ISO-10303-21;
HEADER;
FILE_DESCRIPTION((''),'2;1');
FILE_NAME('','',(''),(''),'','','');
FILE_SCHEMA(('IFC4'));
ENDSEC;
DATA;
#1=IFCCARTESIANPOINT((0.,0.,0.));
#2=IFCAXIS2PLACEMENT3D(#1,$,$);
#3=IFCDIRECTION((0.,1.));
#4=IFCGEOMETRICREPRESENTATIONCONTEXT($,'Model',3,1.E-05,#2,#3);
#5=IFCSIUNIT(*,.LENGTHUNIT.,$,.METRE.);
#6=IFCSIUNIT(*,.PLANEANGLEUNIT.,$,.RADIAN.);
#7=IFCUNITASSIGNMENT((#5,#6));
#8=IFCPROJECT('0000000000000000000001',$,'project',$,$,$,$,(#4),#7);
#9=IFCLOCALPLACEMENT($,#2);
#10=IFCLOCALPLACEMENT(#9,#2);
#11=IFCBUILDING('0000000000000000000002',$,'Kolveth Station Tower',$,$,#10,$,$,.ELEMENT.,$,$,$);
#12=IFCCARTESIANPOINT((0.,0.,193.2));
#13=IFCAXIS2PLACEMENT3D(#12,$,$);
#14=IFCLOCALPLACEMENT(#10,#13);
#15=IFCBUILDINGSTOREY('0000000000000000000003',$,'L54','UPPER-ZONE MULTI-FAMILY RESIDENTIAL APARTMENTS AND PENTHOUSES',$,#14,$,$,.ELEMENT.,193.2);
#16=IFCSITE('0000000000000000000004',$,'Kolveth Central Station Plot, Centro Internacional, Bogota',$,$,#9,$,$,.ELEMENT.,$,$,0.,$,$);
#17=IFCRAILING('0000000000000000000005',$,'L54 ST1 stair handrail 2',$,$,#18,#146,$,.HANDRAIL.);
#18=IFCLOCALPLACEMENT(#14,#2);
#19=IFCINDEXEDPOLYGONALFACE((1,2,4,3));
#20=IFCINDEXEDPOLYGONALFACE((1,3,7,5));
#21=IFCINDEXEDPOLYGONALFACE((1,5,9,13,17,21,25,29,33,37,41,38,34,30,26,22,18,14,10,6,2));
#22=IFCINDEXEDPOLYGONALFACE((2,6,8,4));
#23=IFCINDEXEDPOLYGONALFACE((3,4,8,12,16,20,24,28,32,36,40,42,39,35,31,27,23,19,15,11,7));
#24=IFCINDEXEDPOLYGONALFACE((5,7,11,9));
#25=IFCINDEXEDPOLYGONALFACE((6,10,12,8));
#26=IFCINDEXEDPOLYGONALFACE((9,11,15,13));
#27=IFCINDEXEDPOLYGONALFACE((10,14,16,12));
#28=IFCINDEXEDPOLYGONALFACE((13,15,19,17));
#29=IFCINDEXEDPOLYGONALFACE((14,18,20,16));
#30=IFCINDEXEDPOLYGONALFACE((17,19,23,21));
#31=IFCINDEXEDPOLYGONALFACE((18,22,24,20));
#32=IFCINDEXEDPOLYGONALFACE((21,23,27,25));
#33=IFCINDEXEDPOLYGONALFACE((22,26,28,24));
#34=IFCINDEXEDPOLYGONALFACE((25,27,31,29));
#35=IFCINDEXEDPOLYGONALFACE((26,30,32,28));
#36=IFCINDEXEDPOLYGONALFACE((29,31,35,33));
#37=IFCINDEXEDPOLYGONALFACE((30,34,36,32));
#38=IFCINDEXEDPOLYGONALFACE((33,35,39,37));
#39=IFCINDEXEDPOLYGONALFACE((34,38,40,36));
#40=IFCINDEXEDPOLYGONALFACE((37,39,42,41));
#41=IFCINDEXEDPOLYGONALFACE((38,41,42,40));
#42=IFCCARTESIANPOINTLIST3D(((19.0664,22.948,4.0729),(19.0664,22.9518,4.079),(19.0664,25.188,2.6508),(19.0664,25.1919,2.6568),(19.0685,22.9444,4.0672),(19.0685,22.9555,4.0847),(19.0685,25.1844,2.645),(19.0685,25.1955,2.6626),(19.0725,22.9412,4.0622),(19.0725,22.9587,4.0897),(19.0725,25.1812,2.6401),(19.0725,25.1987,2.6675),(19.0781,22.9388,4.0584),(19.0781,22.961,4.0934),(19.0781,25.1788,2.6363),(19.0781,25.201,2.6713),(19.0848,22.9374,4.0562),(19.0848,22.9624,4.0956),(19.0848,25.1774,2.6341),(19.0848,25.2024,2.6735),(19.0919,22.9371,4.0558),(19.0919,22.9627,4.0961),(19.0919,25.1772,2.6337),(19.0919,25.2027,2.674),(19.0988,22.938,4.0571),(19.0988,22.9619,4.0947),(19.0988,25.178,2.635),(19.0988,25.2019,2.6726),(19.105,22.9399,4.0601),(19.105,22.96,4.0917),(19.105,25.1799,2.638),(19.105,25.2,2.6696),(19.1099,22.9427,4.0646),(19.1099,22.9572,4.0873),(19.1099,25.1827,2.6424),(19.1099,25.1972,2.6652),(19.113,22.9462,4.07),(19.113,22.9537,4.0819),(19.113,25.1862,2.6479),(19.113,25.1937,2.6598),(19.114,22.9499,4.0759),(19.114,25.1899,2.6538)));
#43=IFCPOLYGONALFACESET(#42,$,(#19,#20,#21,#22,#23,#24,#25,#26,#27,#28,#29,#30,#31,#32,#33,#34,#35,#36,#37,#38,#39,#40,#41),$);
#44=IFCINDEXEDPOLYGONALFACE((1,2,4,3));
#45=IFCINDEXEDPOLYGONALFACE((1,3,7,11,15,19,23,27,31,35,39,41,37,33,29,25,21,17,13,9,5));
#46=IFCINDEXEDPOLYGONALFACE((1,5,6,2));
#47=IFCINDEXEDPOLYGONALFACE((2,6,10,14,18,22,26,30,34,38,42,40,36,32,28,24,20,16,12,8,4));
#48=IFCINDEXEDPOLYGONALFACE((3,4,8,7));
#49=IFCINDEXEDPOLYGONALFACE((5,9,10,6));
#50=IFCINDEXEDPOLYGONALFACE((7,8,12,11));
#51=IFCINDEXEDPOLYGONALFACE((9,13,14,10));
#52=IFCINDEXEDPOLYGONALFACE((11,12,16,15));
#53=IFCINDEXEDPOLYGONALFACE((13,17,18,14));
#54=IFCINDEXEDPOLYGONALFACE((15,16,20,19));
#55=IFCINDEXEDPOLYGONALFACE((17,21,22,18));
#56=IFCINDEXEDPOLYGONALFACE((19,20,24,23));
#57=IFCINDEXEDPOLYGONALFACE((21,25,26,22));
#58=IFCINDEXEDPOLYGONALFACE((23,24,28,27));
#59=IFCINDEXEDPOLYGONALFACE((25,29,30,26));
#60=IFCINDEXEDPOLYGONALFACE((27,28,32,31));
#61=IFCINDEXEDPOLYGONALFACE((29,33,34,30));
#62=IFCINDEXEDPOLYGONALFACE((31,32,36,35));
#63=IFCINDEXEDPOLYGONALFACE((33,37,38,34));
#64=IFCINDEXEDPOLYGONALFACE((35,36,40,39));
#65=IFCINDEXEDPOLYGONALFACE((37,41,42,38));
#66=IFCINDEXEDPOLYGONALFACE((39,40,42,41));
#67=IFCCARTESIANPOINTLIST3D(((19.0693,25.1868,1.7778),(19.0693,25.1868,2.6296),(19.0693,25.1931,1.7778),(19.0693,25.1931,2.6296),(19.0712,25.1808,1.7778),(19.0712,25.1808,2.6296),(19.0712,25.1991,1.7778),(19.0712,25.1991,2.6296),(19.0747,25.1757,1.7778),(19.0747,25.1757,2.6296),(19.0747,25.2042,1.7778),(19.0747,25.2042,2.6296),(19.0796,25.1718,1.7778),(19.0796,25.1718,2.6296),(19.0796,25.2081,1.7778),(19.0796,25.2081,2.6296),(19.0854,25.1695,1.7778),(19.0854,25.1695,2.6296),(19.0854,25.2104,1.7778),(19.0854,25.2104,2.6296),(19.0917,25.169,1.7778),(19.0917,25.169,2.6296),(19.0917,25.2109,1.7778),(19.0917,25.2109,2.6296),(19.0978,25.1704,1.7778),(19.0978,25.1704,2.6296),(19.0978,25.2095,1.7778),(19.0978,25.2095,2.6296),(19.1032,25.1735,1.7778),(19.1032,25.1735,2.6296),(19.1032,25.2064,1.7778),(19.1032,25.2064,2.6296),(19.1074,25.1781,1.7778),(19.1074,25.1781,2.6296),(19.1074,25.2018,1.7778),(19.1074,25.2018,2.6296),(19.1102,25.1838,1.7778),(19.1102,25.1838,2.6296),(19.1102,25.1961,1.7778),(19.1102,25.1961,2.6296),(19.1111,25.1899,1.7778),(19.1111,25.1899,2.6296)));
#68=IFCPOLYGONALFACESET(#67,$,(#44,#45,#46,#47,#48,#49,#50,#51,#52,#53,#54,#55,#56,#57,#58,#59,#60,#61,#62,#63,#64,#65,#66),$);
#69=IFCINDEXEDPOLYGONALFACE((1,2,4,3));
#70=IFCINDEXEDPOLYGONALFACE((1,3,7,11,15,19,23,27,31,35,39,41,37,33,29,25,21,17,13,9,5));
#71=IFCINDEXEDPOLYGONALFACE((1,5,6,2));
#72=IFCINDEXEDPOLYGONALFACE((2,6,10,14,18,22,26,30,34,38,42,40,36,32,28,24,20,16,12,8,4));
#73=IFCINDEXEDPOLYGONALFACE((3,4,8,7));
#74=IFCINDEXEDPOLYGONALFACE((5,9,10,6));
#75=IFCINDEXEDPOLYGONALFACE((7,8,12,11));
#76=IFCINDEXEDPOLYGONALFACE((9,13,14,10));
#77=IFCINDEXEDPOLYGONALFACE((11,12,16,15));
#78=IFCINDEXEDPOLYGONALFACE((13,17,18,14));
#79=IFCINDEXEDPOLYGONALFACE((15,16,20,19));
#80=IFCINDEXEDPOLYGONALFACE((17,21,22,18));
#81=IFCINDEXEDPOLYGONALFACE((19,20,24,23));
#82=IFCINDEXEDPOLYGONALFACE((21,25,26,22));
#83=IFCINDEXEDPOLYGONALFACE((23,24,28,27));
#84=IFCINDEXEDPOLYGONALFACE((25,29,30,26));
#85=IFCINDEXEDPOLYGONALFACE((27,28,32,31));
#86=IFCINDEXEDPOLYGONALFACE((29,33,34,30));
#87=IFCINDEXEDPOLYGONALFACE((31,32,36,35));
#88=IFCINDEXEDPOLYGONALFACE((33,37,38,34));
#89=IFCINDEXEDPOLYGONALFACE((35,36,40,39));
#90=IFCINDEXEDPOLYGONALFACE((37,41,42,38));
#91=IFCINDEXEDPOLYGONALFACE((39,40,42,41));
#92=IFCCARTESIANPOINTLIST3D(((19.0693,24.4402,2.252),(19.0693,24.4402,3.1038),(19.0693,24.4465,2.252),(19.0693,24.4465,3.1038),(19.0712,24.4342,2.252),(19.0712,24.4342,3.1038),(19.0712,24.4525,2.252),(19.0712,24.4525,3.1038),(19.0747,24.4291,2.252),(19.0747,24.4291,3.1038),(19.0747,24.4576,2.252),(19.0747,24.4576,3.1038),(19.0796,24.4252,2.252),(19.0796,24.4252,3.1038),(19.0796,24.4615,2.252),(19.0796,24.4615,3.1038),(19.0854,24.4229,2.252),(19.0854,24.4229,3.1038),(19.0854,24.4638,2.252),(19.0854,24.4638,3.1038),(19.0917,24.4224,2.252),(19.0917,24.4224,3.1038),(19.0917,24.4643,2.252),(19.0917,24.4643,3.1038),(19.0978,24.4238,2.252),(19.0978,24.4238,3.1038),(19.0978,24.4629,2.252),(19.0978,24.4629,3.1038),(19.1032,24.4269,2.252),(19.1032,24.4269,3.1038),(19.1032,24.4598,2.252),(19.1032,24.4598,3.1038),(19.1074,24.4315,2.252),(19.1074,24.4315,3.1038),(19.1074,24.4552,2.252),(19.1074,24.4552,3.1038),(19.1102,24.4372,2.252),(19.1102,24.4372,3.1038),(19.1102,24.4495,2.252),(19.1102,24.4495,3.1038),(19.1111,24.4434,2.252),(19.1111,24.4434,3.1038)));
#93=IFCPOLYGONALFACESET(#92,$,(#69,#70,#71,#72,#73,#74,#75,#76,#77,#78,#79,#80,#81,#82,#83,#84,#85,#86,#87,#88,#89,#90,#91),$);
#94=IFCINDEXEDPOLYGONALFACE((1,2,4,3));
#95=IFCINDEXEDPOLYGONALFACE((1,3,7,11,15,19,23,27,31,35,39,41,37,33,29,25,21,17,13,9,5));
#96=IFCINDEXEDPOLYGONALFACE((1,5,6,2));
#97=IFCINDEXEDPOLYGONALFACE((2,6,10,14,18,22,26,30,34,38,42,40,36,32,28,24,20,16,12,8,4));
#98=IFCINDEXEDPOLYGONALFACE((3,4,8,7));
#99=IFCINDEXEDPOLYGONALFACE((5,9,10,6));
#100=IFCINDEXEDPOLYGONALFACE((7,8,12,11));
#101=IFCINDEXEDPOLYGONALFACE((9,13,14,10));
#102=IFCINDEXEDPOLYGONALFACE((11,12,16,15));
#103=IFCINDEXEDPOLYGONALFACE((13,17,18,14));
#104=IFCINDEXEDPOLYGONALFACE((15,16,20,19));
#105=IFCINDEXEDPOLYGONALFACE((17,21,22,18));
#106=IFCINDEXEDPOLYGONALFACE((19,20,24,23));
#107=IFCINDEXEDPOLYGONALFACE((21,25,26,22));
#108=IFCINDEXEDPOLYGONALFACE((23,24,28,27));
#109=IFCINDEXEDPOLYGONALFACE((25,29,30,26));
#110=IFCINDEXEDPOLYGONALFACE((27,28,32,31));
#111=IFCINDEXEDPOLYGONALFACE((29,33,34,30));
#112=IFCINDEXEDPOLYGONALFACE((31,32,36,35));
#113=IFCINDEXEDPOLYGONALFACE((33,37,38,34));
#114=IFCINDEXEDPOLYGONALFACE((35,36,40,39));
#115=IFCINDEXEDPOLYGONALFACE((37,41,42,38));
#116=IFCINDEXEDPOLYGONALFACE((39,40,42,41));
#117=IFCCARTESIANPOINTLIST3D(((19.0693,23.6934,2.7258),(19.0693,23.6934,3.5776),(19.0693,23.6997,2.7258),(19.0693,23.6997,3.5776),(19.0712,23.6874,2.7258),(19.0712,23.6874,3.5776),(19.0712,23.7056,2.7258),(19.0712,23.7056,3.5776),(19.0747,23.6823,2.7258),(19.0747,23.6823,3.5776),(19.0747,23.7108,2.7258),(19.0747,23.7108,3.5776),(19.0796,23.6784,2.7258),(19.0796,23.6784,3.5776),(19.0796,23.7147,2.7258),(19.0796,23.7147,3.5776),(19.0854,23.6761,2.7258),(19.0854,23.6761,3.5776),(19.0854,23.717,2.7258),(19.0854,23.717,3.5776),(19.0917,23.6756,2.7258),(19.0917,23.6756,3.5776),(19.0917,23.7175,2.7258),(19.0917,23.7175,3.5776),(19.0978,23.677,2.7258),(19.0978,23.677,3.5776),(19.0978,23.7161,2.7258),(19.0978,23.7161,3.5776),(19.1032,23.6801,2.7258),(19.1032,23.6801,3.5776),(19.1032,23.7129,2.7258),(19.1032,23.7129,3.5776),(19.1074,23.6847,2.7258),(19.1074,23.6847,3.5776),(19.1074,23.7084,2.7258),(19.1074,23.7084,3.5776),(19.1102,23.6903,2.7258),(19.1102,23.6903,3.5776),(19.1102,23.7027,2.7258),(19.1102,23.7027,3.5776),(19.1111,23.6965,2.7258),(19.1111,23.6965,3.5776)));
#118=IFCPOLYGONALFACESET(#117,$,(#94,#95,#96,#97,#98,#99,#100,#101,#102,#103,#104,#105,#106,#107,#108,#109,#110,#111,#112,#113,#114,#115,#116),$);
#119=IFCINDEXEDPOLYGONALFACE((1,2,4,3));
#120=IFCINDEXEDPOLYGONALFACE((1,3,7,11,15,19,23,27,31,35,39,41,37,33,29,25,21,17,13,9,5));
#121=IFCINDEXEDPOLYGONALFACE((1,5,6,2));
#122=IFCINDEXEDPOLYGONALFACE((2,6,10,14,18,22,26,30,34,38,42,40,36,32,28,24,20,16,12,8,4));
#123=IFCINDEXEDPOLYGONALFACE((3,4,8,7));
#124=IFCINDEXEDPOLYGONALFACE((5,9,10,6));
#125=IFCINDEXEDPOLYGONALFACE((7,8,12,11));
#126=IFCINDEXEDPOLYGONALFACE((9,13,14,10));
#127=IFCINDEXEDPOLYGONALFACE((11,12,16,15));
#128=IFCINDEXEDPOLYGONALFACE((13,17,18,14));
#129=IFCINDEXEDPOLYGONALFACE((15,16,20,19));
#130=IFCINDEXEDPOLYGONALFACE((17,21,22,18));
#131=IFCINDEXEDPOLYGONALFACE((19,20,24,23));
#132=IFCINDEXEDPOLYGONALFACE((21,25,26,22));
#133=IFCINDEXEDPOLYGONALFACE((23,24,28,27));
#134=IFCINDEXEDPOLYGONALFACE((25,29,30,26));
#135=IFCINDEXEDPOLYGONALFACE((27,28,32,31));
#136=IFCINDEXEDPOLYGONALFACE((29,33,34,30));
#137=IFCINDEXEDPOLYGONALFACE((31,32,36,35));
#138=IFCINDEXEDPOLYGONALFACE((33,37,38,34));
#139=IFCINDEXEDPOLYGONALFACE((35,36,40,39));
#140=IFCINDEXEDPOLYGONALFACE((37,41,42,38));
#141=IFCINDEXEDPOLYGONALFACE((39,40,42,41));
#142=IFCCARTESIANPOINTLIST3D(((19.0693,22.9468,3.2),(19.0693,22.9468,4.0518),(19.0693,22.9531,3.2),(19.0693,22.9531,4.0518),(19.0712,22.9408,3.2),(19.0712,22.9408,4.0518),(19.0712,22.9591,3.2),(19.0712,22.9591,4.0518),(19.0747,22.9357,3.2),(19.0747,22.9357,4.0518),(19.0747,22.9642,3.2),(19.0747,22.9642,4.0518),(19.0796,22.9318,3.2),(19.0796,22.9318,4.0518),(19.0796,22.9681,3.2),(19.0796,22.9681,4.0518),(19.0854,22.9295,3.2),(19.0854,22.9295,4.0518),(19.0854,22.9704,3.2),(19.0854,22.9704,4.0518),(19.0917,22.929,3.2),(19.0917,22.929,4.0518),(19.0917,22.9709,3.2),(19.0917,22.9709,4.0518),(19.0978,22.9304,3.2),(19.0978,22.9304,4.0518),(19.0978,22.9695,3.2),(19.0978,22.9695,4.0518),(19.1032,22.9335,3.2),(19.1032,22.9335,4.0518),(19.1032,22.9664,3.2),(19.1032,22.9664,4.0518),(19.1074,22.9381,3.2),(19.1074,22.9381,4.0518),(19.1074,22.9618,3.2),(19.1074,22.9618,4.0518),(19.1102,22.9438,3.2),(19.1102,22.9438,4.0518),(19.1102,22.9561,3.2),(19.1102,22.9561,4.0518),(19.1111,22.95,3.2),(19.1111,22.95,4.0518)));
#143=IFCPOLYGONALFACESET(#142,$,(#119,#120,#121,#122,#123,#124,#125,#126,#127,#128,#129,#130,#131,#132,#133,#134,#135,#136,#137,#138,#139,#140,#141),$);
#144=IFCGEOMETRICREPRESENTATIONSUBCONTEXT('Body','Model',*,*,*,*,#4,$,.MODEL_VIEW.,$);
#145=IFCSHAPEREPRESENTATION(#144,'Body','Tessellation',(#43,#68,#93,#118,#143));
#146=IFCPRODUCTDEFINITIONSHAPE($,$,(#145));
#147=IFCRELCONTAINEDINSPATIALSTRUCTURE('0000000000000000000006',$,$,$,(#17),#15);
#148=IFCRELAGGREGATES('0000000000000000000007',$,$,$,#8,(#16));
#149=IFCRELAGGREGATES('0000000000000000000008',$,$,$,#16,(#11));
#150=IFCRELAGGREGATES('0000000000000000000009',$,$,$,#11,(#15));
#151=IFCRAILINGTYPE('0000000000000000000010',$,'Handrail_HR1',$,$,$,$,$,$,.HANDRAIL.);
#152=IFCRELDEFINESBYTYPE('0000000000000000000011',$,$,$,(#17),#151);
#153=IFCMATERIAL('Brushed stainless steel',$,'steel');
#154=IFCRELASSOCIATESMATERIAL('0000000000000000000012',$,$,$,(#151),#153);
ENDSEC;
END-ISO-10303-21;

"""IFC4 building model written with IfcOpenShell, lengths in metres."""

from ifc_helpers import new_model, si_unit, direction, frame, origin, origin_2d, place, context, subcontext, project, spatial, circle, extrude, material, type_object, element, save


model = new_model("IFC4")

# Units and contexts
model_context = context("Model", 3, precision=1e-05, world=origin(), true_north=direction((0.0, 1.0)))
body_context = subcontext(model_context, "Body", "Model", "MODEL_VIEW")
ifc_project = project(units=[si_unit("LENGTHUNIT", "METRE"), si_unit("PLANEANGLEUNIT", "RADIAN")], contexts=[model_context])

# Site, building, storey
site_placement = place(None, origin())
site = spatial("IfcSite", under=ifc_project, at=site_placement, Name="Kolveth Central Station Plot, Centro Internacional, Bogota", CompositionType="ELEMENT", RefElevation=0.0)
building_placement = place(site_placement, origin())
building = spatial("IfcBuilding", under=site, at=building_placement, Name="Kolveth Station Tower", CompositionType="ELEMENT")
storey_placement = place(building_placement, frame((0.0, 0.0, 193.2)))
storey = spatial("IfcBuildingStorey", under=building, at=storey_placement, Name="L54", Description="UPPER-ZONE MULTI-FAMILY RESIDENTIAL APARTMENTS AND PENTHOUSES", CompositionType="ELEMENT", Elevation=193.2)

# Railing
ifc_material_1 = material(Name="Brushed stainless steel", Category="steel")
railing_type_1 = type_object("IfcRailingType", Name="Handrail_HR1", PredefinedType="HANDRAIL", material=ifc_material_1)
railing_1_placement = place(storey_placement, frame((19.0901, 25.1899, 1.7778)))
element("IfcRailing", 1, at=railing_1_placement, inside=storey, type_object=railing_type_1, Name="L54 ST1 stair handrail 2", PredefinedType="HANDRAIL", context=body_context, shape_type="SweptSolid", body=[
    extrude(circle(Radius=0.0239, at=origin_2d()), frame((0.0, 0.0, 0.876), z_axis=(0.0, -0.844229, 0.535982), x_axis=(1.0, 0.0, 0.0)), (0.0, 0.0, 1.0), 2.6533),
    extrude(circle(Radius=0.021, at=origin_2d()), origin(), (0.0, 0.0, 1.0), 0.8518),
    extrude(circle(Radius=0.021, at=origin_2d()), frame((0.0, -0.7466, 0.4741)), (0.0, 0.0, 1.0), 0.8518),
    extrude(circle(Radius=0.021, at=origin_2d()), frame((0.0, -1.4934, 0.948)), (0.0, 0.0, 1.0), 0.8518),
    extrude(circle(Radius=0.021, at=origin_2d()), frame((0.0, -2.24, 1.4221)), (0.0, 0.0, 1.0), 0.8518),
])

save(model, "model.ifc")
